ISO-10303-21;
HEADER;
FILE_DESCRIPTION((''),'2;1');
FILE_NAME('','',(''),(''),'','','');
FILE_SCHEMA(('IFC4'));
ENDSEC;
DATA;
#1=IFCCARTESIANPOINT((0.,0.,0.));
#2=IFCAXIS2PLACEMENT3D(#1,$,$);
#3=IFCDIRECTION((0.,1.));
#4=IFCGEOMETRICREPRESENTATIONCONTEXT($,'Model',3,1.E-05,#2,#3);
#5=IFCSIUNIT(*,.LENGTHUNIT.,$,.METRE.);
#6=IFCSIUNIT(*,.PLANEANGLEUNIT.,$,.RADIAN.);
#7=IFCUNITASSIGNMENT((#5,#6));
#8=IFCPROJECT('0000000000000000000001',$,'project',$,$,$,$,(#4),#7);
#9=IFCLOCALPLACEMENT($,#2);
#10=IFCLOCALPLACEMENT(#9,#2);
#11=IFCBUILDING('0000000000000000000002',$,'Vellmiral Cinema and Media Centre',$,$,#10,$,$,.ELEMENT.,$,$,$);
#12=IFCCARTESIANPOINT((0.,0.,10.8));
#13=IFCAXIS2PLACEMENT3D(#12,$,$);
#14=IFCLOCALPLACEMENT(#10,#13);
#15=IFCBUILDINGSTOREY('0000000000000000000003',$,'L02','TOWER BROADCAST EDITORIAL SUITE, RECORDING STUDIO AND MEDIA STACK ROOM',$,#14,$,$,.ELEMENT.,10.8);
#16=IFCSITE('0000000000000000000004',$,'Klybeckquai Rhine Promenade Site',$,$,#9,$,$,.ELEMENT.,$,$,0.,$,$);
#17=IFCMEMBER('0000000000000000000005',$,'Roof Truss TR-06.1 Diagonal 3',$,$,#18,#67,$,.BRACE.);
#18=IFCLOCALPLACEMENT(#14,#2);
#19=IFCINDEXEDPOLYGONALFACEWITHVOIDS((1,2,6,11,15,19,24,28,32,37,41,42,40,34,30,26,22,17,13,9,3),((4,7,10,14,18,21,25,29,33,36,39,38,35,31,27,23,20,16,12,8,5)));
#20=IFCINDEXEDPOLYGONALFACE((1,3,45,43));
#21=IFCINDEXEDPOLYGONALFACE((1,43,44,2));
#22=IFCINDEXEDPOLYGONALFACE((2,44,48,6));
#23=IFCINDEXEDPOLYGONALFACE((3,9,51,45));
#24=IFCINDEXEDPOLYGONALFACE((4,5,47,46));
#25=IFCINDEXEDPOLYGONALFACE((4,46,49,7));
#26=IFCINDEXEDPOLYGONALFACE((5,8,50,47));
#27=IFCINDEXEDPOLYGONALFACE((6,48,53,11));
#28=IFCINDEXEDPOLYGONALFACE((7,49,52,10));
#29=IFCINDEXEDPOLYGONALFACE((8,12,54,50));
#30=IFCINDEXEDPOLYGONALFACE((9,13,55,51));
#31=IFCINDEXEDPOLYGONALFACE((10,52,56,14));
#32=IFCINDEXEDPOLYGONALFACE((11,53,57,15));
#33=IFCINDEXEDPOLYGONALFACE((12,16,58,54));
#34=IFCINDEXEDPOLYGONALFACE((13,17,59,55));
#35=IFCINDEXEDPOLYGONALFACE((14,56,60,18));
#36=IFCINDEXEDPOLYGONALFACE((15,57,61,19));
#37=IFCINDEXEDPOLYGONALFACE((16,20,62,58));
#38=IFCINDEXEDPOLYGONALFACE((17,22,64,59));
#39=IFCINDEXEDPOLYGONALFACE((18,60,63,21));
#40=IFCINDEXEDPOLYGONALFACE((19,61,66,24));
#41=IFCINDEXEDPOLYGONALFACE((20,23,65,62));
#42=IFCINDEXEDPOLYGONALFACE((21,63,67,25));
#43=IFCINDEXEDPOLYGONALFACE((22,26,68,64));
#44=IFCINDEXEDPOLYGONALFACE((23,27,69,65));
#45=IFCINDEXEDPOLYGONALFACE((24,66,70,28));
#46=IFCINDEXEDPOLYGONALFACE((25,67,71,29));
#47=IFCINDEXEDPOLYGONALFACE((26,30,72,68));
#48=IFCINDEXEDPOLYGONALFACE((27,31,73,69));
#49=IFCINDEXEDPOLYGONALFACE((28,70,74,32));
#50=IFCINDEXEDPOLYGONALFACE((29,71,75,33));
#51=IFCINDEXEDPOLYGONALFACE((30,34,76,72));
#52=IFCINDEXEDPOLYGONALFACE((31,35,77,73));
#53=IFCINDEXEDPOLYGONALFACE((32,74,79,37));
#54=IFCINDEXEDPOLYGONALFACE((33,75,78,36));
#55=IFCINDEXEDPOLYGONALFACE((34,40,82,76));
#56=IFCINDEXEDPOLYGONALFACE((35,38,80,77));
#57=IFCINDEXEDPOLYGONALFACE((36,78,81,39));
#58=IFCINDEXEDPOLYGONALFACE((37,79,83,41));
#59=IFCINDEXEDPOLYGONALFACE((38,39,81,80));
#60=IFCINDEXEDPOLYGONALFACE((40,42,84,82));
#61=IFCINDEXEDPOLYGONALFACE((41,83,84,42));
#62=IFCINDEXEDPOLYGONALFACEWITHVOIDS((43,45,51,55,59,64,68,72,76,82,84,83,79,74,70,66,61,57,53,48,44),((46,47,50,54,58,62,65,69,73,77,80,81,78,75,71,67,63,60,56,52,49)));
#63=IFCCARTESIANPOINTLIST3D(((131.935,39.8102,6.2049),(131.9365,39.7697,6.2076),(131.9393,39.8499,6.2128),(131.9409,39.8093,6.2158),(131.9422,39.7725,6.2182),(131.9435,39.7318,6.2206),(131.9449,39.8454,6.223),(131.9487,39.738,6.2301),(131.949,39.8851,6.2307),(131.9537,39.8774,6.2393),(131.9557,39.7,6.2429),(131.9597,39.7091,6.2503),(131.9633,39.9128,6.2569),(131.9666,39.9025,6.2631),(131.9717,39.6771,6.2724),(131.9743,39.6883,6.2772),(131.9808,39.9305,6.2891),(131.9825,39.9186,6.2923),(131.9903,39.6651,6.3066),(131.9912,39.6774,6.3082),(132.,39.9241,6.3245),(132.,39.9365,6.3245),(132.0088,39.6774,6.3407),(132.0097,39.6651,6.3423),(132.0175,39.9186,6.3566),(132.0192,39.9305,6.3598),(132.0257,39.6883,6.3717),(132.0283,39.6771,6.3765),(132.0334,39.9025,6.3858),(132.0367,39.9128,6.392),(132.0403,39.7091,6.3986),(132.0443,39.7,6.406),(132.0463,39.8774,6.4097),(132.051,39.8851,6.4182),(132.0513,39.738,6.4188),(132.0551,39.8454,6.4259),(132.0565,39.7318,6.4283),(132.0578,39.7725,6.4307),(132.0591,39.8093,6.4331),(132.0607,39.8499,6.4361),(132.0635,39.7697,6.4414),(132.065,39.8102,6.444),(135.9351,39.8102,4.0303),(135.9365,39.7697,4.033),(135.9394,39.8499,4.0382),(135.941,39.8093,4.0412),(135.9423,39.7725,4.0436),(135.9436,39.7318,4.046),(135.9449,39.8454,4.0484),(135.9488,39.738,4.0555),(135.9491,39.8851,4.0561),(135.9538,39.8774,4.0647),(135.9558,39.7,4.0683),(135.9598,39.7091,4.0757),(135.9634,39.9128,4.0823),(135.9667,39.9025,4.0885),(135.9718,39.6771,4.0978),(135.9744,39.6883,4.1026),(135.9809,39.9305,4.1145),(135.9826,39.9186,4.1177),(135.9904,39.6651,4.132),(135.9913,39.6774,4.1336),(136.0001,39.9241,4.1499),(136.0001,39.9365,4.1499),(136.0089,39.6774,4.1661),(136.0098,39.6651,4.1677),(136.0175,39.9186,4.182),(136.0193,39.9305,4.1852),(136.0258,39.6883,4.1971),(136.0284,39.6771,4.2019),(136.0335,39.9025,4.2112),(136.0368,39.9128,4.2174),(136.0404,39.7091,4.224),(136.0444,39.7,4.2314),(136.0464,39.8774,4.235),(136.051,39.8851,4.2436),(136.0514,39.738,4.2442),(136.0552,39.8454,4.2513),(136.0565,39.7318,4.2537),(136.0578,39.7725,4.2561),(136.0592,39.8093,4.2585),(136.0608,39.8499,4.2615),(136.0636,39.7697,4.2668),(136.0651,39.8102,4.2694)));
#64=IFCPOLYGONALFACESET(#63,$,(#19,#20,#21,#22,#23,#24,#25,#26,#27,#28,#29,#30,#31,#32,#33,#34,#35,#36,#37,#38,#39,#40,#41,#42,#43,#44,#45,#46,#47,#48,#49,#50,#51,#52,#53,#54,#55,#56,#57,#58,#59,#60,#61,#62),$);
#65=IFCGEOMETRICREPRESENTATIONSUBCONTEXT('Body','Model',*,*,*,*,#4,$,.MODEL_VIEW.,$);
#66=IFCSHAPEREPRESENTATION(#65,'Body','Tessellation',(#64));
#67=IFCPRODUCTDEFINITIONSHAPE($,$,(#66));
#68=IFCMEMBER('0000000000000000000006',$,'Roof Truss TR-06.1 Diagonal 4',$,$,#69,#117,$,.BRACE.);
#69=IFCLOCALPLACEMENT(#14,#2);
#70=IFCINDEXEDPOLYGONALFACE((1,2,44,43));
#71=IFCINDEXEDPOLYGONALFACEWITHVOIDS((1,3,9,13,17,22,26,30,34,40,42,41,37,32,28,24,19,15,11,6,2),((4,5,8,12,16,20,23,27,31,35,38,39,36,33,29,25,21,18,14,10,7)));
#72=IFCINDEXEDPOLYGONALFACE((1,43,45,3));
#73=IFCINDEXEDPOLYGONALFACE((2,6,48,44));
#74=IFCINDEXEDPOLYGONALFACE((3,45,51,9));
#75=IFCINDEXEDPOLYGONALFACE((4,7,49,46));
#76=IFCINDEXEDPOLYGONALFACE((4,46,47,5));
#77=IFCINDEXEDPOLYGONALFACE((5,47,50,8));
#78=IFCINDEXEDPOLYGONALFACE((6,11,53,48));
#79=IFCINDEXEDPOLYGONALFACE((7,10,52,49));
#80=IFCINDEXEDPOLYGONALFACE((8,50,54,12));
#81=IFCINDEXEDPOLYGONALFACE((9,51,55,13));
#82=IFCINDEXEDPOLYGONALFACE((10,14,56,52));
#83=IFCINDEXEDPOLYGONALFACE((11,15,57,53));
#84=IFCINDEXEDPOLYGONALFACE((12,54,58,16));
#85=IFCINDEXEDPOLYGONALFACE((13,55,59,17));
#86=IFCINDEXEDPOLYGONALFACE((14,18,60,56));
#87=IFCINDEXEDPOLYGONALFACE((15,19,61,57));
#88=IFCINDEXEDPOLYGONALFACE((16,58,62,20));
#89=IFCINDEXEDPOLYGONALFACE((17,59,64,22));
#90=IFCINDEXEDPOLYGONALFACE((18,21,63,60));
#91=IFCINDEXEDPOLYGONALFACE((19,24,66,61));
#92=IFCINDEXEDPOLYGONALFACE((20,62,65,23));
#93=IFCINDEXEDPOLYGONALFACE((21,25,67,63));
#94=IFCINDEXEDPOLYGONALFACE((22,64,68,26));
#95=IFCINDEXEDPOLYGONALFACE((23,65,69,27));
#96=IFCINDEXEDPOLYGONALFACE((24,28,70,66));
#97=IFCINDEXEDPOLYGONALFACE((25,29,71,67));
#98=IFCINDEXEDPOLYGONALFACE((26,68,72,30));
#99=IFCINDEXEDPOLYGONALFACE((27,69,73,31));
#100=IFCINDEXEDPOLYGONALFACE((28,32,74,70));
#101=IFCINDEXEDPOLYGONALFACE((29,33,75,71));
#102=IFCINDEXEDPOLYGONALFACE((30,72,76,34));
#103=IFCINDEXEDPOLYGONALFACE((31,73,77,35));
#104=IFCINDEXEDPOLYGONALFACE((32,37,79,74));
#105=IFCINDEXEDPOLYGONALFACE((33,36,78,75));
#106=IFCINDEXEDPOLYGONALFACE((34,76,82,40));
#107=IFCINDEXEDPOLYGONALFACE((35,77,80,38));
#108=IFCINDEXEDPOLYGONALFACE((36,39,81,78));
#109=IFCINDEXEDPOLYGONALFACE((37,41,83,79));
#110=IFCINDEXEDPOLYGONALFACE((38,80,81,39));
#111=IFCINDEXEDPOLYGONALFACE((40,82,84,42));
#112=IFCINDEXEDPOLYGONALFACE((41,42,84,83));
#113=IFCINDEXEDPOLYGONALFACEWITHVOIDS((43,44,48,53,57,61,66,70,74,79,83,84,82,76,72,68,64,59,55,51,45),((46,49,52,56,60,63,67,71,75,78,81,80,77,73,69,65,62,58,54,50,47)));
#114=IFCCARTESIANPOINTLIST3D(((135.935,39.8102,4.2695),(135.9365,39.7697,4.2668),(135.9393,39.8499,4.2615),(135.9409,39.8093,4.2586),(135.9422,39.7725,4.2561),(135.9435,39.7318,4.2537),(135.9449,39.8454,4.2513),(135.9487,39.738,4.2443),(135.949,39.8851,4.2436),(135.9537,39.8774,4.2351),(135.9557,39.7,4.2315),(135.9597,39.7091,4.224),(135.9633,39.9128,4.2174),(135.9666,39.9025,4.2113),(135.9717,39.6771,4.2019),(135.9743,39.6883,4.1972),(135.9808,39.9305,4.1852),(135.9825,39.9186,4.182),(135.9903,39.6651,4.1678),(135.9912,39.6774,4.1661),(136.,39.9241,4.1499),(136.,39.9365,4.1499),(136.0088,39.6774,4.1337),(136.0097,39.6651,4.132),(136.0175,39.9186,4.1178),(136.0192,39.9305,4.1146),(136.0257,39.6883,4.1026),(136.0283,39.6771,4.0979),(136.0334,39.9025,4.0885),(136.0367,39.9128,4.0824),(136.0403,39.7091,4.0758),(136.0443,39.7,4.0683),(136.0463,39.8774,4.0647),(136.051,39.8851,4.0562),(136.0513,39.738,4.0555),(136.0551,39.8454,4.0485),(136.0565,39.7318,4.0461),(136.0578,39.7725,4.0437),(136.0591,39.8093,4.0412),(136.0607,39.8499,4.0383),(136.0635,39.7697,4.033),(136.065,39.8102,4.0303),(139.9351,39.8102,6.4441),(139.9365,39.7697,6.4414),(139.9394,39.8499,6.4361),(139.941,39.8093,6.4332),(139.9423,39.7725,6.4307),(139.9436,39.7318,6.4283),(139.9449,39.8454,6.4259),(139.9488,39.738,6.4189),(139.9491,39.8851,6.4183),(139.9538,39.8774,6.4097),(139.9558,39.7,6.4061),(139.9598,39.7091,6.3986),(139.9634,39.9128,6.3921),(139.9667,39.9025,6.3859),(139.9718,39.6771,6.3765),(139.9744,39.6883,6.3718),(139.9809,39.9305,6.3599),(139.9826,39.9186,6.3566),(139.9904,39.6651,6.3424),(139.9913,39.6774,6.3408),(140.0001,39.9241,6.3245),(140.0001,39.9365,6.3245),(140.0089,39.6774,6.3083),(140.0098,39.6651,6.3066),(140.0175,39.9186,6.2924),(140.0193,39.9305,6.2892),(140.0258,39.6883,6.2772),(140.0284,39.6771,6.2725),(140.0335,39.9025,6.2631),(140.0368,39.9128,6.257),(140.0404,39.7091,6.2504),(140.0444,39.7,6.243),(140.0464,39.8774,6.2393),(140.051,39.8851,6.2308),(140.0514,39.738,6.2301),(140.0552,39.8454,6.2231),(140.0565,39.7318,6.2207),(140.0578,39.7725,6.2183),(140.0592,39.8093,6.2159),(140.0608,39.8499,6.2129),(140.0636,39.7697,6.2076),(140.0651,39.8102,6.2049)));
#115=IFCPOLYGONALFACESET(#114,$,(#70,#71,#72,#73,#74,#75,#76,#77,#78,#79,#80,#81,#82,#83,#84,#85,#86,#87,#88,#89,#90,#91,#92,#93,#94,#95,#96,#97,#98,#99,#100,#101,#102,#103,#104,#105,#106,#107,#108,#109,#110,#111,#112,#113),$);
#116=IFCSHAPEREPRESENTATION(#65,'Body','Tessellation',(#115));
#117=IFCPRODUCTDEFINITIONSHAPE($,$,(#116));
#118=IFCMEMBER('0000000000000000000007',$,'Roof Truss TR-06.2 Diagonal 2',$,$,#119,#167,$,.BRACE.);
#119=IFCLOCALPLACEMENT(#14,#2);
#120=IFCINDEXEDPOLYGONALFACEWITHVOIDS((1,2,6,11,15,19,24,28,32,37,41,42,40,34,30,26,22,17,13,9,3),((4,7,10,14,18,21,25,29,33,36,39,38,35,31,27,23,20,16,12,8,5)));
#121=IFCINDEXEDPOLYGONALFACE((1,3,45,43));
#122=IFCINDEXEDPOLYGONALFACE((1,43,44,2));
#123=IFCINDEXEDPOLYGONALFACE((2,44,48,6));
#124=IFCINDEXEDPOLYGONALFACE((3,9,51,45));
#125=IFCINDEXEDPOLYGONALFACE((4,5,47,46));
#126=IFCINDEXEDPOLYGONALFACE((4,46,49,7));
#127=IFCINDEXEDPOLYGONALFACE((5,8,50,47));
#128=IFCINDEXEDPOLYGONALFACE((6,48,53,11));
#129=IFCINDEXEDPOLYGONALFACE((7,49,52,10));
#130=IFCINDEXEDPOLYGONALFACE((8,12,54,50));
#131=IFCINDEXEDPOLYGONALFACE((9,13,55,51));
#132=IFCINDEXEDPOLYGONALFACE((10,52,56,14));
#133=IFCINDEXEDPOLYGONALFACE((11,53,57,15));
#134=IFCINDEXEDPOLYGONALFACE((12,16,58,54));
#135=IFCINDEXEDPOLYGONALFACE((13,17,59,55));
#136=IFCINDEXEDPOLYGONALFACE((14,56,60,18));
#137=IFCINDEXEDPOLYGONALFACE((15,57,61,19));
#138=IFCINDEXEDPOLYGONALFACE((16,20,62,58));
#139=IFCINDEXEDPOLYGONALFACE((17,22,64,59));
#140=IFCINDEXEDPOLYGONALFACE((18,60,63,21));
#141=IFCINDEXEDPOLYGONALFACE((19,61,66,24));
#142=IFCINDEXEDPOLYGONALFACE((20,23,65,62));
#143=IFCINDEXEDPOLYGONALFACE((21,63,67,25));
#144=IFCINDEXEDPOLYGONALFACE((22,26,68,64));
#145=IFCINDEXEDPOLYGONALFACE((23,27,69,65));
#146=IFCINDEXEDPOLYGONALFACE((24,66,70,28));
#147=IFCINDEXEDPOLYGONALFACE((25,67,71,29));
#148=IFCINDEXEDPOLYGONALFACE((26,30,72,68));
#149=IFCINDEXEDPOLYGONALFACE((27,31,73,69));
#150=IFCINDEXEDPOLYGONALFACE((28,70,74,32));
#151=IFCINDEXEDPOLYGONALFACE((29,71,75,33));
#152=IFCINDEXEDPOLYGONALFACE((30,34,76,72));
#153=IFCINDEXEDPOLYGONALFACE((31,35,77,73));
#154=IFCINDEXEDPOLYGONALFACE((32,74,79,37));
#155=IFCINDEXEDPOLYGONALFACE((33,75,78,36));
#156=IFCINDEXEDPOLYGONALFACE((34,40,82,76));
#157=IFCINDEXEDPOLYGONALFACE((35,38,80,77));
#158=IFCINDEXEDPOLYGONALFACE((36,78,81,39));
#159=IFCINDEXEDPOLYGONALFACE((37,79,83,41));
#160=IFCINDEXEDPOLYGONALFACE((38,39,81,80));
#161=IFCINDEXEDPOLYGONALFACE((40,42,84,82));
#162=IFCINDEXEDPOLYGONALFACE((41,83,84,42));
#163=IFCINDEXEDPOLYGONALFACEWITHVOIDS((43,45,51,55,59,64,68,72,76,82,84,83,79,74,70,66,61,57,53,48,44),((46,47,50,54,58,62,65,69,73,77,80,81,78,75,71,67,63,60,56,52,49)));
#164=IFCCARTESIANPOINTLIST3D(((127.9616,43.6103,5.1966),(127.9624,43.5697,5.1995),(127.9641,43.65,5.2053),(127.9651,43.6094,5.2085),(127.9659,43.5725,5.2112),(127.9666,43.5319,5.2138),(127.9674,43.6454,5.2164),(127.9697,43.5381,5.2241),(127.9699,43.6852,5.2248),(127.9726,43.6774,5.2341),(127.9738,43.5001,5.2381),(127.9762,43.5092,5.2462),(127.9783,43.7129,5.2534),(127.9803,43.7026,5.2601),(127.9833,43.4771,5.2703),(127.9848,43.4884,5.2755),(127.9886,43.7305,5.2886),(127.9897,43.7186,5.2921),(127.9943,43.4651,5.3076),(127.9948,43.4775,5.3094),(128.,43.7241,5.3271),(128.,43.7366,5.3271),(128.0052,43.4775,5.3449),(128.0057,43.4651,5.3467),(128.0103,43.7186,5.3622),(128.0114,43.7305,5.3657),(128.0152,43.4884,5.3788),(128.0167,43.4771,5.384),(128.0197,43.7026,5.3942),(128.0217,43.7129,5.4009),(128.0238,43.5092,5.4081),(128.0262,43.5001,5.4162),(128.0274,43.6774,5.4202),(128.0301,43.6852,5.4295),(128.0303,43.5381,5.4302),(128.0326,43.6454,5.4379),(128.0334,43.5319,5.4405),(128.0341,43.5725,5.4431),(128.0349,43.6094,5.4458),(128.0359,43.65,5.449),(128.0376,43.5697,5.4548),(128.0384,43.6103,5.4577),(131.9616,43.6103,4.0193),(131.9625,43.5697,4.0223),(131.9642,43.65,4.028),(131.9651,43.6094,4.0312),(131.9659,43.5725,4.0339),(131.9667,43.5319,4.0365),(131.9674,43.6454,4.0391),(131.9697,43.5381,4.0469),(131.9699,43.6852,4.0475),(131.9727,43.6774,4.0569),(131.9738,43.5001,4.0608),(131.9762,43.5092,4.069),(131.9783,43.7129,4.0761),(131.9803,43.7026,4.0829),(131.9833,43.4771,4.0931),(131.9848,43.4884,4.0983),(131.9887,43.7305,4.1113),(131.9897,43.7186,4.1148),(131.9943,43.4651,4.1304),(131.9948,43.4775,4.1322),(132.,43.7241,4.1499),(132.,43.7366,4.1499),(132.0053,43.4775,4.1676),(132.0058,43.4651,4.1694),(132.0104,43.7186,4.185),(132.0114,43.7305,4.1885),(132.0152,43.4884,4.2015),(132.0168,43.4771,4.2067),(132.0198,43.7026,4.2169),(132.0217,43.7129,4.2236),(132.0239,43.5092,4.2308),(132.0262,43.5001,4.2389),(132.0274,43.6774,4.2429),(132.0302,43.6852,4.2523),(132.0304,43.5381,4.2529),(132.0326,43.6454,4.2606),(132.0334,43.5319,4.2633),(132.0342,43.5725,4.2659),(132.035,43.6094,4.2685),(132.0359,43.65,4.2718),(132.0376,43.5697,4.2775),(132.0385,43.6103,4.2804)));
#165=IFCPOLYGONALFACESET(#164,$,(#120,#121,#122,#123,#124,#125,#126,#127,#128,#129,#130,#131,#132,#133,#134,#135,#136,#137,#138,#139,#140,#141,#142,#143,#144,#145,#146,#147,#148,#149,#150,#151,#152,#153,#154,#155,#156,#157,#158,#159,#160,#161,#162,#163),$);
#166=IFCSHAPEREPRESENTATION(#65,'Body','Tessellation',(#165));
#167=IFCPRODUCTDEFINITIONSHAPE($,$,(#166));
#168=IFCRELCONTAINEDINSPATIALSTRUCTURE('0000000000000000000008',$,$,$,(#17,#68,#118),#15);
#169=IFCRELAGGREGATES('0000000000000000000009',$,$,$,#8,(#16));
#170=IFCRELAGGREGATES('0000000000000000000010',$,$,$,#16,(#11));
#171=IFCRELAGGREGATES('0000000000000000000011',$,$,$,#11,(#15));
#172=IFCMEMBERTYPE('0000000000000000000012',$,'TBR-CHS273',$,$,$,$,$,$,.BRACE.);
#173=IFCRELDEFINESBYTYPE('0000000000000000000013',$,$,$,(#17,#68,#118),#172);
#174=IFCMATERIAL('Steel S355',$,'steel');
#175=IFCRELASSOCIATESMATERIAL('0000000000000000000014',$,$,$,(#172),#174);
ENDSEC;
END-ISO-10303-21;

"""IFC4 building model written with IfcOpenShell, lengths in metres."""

from ifc_helpers import new_model, si_unit, direction, frame, origin, origin_2d, place, context, subcontext, project, spatial, hollow_circle, extrude, material, material_profile, profile_set, type_object, element, save


model = new_model("IFC4")

# Units and contexts
model_context = context("Model", 3, precision=1e-05, world=origin(), true_north=direction((0.0, 1.0)))
body_context = subcontext(model_context, "Body", "Model", "MODEL_VIEW")
ifc_project = project(units=[si_unit("LENGTHUNIT", "METRE"), si_unit("PLANEANGLEUNIT", "RADIAN")], contexts=[model_context])

# Site, building, storey
site_placement = place(None, origin())
site = spatial("IfcSite", under=ifc_project, at=site_placement, Name="Klybeckquai Rhine Promenade Site", CompositionType="ELEMENT", RefElevation=0.0)
building_placement = place(site_placement, origin())
building = spatial("IfcBuilding", under=site, at=building_placement, Name="Vellmiral Cinema and Media Centre", CompositionType="ELEMENT")
storey_placement = place(building_placement, frame((0.0, 0.0, 10.8)))
storey = spatial("IfcBuildingStorey", under=building, at=storey_placement, Name="L02", Description="TOWER BROADCAST EDITORIAL SUITE, RECORDING STUDIO AND MEDIA STACK ROOM", CompositionType="ELEMENT", Elevation=10.8)

# Members
ifc_material_1 = material(Name="Steel S355", Category="steel")
ifc_material_profile_1 = material_profile(ifc_material_1, hollow_circle(Radius=0.1365, WallThickness=0.0125, at=origin_2d()), Name="CHS 273.0x12.5")
ifc_profile_set_1 = profile_set([ifc_material_profile_1], Name="Steel S355")
member_type_1 = type_object("IfcMemberType", Name="TBR-CHS273", PredefinedType="BRACE", material=ifc_profile_set_1)
for number, where, z_axis, x_axis, name in (
    (1, (132.0, 39.8, 6.3245), (0.878565, 0.0, -0.477623), (0.0, 1.0, 0.0), "Roof Truss TR-06.1 Diagonal 3"),
    (2, (136.0, 39.8, 4.1499), (0.878565, 0.0, 0.477623), (0.0, 1.0, 0.0), "Roof Truss TR-06.1 Diagonal 4"),
):
    element("IfcMember", number, at=place(storey_placement, frame(where, z_axis=z_axis, x_axis=x_axis)), inside=storey, type_object=member_type_1, Name=name, PredefinedType="BRACE", context=body_context, shape_type="SweptSolid", body=[
        extrude(hollow_circle(Radius=0.1365, WallThickness=0.0125, at=origin_2d()), origin(), (0.0, 0.0, 1.0), 4.553),
    ])
member_1_placement = place(storey_placement, frame((128.0, 43.6001, 5.3271), z_axis=(0.959315, 0.0, -0.282338), x_axis=(0.0, 1.0, 0.0)))
element("IfcMember", 3, at=member_1_placement, inside=storey, type_object=member_type_1, Name="Roof Truss TR-06.2 Diagonal 2", PredefinedType="BRACE", context=body_context, shape_type="SweptSolid", body=[
    extrude(hollow_circle(Radius=0.1365, WallThickness=0.0125, at=origin_2d()), origin(), (0.0, 0.0, 1.0), 4.1697),
])

save(model, "model.ifc")
